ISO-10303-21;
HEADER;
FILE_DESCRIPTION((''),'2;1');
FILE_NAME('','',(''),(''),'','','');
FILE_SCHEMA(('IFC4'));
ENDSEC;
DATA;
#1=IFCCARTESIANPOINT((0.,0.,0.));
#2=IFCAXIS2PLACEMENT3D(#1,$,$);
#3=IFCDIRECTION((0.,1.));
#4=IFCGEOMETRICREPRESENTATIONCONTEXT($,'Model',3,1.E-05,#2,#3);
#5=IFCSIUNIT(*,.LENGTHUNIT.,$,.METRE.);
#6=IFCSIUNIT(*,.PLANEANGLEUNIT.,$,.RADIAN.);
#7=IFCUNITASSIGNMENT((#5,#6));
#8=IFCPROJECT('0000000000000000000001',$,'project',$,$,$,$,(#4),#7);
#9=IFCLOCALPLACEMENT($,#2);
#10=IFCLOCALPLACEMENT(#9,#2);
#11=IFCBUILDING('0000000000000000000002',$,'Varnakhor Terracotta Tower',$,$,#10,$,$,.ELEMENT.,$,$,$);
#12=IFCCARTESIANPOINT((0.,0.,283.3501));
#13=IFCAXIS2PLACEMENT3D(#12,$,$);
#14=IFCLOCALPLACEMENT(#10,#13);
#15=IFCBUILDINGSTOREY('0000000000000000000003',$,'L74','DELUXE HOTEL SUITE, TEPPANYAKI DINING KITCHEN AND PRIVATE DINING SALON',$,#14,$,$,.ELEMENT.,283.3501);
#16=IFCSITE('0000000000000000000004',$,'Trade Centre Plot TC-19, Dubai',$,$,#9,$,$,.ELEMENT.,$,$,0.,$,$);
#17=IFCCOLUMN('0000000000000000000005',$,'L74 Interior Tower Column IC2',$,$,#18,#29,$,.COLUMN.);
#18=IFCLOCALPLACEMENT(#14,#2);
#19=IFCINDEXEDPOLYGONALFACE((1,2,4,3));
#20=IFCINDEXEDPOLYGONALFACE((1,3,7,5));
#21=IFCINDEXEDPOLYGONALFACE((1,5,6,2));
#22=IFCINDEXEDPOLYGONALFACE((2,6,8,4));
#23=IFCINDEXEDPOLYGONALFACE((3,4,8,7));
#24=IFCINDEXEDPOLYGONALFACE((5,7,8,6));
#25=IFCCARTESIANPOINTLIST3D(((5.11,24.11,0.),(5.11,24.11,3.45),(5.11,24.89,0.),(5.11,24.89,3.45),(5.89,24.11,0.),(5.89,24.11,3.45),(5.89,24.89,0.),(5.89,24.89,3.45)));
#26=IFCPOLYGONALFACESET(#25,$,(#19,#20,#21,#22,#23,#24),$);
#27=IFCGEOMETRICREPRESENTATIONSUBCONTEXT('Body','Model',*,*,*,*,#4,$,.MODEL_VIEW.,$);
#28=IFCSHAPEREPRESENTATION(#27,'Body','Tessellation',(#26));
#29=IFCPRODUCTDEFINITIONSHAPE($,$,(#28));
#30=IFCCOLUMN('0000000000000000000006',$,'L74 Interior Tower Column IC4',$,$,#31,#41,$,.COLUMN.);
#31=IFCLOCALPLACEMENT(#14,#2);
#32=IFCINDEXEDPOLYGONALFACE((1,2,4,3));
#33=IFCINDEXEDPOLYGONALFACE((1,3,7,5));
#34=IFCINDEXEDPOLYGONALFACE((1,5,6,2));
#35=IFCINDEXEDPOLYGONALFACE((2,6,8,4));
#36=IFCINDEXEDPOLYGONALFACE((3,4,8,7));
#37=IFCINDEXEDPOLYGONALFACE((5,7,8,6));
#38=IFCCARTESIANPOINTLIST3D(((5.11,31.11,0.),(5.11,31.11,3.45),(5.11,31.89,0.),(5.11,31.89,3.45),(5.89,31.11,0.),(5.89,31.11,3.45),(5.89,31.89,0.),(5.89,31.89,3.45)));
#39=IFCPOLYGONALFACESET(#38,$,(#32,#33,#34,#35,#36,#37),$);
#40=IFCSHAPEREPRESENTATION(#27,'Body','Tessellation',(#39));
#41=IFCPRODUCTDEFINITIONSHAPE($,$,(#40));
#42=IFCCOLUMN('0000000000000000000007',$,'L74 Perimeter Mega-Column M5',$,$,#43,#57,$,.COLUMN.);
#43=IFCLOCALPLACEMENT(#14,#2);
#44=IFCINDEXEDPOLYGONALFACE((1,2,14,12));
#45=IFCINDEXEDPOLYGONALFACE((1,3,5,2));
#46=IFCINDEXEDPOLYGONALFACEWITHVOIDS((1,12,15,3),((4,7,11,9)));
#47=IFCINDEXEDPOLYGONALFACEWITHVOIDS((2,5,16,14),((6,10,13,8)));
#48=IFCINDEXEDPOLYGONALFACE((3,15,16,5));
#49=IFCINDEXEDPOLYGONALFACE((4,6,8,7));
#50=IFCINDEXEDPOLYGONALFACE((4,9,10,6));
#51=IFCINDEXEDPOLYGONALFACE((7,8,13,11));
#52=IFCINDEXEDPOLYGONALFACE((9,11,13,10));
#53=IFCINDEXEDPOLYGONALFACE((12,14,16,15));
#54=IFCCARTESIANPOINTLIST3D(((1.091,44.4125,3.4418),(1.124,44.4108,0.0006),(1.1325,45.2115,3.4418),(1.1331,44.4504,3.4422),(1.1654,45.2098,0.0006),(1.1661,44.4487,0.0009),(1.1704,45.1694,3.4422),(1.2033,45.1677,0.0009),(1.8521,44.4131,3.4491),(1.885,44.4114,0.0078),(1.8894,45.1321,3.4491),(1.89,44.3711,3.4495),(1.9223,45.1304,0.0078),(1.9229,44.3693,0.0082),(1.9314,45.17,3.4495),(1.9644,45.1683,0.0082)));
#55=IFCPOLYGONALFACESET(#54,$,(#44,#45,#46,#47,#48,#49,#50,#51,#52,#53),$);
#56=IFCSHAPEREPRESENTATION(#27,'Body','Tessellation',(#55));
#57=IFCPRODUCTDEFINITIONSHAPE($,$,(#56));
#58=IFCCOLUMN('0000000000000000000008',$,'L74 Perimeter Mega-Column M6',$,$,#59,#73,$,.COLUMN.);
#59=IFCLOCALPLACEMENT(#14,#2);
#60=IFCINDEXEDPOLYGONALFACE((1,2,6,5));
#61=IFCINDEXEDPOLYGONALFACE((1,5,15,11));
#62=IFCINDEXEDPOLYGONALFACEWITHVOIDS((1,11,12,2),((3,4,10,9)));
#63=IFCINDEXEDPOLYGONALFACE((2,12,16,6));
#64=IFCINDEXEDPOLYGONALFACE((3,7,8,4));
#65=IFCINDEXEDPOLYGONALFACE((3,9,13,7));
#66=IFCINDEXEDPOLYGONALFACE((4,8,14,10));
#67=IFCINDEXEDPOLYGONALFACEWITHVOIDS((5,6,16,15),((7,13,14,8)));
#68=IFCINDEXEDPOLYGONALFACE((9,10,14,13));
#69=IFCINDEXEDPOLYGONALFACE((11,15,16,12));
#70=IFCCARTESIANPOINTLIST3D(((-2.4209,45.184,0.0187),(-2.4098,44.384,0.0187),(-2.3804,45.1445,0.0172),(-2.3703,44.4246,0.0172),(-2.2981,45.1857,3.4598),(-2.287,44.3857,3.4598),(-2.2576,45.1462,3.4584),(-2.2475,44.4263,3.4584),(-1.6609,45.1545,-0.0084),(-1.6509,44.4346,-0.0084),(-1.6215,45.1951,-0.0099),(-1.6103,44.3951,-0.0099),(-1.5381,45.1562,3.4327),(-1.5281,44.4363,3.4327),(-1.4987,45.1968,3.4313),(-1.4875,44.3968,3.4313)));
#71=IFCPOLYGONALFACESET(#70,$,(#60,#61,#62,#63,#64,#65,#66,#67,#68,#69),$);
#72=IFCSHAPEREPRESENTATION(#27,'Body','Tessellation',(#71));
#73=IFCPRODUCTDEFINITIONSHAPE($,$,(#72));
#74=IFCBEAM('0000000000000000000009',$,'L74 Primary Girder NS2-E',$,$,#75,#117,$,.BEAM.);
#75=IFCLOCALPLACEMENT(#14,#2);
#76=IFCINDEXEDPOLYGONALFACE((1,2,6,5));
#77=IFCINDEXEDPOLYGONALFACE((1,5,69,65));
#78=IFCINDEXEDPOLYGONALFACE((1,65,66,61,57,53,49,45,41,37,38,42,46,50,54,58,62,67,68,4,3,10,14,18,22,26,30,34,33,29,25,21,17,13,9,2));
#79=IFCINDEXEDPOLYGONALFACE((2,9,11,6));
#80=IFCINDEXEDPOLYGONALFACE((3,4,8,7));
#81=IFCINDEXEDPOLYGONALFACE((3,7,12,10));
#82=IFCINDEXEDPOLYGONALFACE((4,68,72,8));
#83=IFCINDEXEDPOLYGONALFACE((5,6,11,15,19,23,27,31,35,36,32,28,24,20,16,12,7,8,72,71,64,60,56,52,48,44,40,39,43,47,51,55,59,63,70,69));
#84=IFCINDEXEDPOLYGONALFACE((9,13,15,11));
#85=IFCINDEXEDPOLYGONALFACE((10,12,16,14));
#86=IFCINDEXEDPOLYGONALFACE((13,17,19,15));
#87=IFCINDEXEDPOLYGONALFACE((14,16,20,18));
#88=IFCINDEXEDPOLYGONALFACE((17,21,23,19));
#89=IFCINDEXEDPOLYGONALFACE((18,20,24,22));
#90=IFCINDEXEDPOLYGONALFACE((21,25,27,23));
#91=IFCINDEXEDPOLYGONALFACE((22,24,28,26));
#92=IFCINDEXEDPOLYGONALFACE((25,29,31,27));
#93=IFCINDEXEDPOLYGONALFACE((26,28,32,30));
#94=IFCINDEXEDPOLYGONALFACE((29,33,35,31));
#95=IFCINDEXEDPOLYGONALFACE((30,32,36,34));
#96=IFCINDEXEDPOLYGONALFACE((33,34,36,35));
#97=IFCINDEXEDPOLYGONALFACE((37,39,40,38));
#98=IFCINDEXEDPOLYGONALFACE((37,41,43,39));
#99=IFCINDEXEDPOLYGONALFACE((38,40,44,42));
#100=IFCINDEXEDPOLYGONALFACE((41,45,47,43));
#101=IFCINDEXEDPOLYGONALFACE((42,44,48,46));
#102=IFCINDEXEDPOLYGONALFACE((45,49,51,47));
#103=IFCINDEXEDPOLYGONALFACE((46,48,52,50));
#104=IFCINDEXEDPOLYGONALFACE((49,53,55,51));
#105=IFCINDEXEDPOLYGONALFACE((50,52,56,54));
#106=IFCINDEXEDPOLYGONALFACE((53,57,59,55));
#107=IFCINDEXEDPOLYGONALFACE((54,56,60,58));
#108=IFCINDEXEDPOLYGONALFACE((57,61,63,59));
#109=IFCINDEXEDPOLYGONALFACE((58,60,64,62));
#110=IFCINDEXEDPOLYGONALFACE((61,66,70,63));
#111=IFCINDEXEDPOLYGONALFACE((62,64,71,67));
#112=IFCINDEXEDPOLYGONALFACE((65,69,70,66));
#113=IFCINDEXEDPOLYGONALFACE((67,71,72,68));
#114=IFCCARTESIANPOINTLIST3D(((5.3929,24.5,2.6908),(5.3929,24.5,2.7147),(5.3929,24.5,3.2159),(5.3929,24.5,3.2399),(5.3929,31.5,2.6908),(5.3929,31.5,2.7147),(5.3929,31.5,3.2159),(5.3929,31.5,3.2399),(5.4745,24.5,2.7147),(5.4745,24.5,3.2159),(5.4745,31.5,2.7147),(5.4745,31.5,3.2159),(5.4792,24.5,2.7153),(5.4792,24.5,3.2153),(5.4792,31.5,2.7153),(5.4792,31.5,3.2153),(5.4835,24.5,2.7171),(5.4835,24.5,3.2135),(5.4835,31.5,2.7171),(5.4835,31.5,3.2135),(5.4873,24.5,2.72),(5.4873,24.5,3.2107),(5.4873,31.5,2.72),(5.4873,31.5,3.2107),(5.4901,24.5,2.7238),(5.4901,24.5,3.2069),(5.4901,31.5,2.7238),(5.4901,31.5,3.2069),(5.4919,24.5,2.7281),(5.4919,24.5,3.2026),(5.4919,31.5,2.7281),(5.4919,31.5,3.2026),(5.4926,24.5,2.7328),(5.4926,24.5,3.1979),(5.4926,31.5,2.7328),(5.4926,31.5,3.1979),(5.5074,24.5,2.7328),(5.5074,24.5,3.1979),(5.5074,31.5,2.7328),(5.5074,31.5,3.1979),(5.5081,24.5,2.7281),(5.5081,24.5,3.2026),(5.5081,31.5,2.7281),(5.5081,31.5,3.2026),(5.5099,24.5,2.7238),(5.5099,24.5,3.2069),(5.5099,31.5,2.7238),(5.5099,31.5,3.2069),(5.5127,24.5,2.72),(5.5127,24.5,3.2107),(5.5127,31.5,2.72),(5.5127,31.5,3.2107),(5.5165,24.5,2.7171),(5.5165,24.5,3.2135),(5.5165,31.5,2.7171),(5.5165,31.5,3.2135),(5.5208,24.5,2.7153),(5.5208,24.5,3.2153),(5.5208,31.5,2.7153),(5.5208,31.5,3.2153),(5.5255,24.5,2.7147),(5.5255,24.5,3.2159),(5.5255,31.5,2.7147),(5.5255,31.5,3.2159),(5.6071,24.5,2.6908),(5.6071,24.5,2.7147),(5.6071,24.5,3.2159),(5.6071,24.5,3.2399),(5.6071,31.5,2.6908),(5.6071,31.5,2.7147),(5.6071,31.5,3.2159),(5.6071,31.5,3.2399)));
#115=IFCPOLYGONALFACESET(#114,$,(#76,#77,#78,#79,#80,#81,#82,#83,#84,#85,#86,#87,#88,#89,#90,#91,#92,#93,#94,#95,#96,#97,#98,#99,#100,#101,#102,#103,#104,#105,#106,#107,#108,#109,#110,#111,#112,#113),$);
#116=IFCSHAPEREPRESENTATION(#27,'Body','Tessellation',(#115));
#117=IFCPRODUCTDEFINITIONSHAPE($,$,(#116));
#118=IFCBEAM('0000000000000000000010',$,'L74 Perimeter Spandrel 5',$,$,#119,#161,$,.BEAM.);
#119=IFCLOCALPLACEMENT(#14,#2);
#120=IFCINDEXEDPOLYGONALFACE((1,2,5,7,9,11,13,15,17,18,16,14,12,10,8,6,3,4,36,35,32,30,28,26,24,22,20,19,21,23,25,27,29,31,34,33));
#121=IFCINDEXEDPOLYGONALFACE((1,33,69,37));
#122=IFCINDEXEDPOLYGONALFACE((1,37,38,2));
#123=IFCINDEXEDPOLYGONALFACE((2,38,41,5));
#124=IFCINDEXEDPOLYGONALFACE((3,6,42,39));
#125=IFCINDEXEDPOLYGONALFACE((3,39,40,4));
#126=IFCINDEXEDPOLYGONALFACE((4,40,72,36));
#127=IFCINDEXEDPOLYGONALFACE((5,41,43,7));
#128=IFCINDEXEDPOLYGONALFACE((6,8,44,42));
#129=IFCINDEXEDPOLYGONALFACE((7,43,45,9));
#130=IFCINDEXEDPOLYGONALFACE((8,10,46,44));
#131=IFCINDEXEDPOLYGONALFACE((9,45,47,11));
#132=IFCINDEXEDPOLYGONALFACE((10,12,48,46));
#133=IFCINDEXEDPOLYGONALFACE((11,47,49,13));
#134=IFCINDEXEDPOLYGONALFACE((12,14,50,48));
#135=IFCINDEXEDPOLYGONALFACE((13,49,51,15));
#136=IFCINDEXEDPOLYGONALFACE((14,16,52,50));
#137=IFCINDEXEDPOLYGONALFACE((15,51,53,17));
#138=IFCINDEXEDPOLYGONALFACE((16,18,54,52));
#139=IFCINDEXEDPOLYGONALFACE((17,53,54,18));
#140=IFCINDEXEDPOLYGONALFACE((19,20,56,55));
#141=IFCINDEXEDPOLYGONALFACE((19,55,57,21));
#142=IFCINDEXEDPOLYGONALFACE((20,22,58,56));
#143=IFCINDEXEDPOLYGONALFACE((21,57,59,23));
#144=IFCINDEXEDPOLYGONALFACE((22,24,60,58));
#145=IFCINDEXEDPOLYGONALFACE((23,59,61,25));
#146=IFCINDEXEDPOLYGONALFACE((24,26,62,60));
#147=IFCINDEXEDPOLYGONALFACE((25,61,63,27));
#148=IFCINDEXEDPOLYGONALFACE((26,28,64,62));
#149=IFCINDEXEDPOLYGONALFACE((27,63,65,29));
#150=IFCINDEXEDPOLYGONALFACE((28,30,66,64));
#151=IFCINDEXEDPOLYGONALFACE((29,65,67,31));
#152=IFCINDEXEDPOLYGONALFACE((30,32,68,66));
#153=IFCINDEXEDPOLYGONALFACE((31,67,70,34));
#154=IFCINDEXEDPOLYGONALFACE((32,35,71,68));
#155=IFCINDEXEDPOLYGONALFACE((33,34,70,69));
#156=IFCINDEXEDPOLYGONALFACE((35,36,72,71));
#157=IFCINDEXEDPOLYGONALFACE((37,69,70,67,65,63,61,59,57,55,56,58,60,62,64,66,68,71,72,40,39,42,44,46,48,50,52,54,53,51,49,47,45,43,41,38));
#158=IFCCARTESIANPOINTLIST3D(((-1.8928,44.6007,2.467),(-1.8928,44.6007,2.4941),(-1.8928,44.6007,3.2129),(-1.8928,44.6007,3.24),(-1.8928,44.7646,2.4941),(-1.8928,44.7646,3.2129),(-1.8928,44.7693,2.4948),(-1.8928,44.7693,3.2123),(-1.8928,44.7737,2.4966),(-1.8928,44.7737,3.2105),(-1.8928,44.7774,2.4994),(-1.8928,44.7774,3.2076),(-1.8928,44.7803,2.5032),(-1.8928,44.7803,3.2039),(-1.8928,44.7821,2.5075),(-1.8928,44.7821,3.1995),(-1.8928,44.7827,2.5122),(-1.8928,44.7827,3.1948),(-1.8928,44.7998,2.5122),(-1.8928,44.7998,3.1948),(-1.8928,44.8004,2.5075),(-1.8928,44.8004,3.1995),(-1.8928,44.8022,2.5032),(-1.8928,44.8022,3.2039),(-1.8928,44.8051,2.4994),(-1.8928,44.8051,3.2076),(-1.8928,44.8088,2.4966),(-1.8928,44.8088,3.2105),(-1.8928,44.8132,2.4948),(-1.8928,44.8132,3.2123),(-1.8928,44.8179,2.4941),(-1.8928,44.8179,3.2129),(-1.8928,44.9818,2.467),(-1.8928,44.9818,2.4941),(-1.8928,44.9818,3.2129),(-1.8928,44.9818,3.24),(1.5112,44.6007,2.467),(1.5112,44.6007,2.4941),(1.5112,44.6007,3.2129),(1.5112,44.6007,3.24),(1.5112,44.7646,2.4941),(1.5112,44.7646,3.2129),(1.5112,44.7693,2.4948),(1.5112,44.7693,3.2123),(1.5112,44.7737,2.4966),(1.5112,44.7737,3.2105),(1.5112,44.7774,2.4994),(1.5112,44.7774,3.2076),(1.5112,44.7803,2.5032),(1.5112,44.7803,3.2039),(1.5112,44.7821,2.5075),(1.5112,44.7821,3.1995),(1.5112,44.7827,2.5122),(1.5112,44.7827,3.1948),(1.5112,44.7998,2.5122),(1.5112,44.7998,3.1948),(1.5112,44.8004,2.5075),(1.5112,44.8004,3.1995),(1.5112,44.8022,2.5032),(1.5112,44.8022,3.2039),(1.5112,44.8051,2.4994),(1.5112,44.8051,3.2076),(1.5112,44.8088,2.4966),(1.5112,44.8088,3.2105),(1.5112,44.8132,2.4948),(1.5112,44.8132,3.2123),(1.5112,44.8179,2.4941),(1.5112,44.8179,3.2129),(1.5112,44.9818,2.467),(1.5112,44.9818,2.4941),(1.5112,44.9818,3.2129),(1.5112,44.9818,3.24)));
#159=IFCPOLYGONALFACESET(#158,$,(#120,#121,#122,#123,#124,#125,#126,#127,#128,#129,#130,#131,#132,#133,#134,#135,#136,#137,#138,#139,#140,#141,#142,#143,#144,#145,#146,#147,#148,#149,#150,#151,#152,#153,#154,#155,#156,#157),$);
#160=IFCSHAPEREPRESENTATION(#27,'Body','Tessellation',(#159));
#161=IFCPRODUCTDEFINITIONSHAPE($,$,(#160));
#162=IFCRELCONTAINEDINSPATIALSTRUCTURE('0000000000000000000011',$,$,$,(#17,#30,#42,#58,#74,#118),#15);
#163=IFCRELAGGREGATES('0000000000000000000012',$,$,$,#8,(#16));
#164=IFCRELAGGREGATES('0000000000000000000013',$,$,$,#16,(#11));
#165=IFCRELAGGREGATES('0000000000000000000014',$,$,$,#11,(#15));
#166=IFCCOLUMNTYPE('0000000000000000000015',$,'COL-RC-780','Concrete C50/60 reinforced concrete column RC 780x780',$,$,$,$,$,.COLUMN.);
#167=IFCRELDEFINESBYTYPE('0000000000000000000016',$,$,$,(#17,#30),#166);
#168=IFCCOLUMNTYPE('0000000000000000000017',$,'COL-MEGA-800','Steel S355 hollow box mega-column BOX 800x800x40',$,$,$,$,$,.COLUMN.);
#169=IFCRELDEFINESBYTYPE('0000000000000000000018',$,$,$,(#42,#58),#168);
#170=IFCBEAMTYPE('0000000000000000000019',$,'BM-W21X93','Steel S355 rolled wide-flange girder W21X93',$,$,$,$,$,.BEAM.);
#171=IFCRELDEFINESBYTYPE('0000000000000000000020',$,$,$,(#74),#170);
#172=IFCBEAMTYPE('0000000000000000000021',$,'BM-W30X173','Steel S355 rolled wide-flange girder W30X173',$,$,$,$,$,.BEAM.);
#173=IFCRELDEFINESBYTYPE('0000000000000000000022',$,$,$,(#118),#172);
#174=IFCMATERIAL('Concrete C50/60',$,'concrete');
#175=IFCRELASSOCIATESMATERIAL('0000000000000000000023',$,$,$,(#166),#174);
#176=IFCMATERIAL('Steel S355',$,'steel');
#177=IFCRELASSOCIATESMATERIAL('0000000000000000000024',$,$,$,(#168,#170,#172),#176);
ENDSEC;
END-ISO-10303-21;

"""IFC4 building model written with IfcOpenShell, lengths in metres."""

from ifc_helpers import new_model, si_unit, direction, frame, origin, origin_2d, place, context, subcontext, project, spatial, rectangle, hollow_rectangle, i_section, extrude, source, transform, mapped, material, material_profile, profile_set, type_object, type_shapes, element, save


model = new_model("IFC4")

# Units and contexts
model_context = context("Model", 3, precision=1e-05, world=origin(), true_north=direction((0.0, 1.0)))
body_context = subcontext(model_context, "Body", "Model", "MODEL_VIEW")
ifc_project = project(units=[si_unit("LENGTHUNIT", "METRE"), si_unit("PLANEANGLEUNIT", "RADIAN")], contexts=[model_context])

# Site, building, storey
site_placement = place(None, origin())
site = spatial("IfcSite", under=ifc_project, at=site_placement, Name="Trade Centre Plot TC-19, Dubai", CompositionType="ELEMENT", RefElevation=0.0)
building_placement = place(site_placement, origin())
building = spatial("IfcBuilding", under=site, at=building_placement, Name="Varnakhor Terracotta Tower", CompositionType="ELEMENT")
storey_placement = place(building_placement, frame((0.0, 0.0, 283.3501)))
storey = spatial("IfcBuildingStorey", under=building, at=storey_placement, Name="L74", Description="DELUXE HOTEL SUITE, TEPPANYAKI DINING KITCHEN AND PRIVATE DINING SALON", CompositionType="ELEMENT", Elevation=283.3501)

# Columns
ifc_material_1 = material(Name="Concrete C50/60", Category="concrete")
ifc_material_profile_1 = material_profile(ifc_material_1, rectangle(XDim=0.78, YDim=0.78, at=origin_2d()), Name="RC 780x780")
ifc_profile_set_1 = profile_set([ifc_material_profile_1], Name="Concrete C50/60")
column_type_1 = type_object("IfcColumnType", Name="COL-RC-780", Description="Concrete C50/60 reinforced concrete column RC 780x780", PredefinedType="COLUMN", material=ifc_profile_set_1)
shared_shape_1 = source(origin(), body_context, "Body", "SweptSolid", [
    extrude(rectangle(XDim=0.78, YDim=0.78, at=origin_2d()), origin(), (0.0, 0.0, 1.0), 3.45),
])
for number, where, z_axis, x_axis, name in (
    (1, (5.5, 24.5, 0.0), (0.0, 0.0, 1.0), (1.0, 0.0, 0.0), "L74 Interior Tower Column IC2"),
    (2, (5.5, 31.5, 0.0), (0.0, 0.0, 1.0), (1.0, 0.0, 0.0), "L74 Interior Tower Column IC4"),
):
    element("IfcColumn", number, at=place(storey_placement, frame(where, z_axis=z_axis, x_axis=x_axis)), inside=storey, type_object=column_type_1, Name=name, PredefinedType="COLUMN", context=body_context, shape_type="MappedRepresentation", body=[
        mapped(shared_shape_1, transform((0.0, 0.0, 0.0), scale=1.0)),
    ])
ifc_material_2 = material(Name="Steel S355", Category="steel")
ifc_material_profile_2 = material_profile(ifc_material_2, hollow_rectangle(XDim=0.8, YDim=0.8, WallThickness=0.04, at=origin_2d()), Name="BOX 800x800x40")
ifc_profile_set_2 = profile_set([ifc_material_profile_2], Name="Steel S355")
column_type_2 = type_object("IfcColumnType", Name="COL-MEGA-800", Description="Steel S355 hollow box mega-column BOX 800x800x40", PredefinedType="COLUMN", material=ifc_profile_set_2)
shared_shape_2 = source(origin(), body_context, "Body", "SweptSolid", [
    extrude(hollow_rectangle(XDim=0.8, YDim=0.8, WallThickness=0.04, at=origin_2d()), origin(), (0.0, 0.0, 1.0), 3.4414),
])
type_shapes(column_type_2, [shared_shape_2])
column_1_placement = place(storey_placement, frame((1.5442, 44.7896, 0.0044), z_axis=(-0.009577, 0.000497, 0.999954), x_axis=(-0.051782, -0.998658, 0.0)))
element("IfcColumn", 3, at=column_1_placement, inside=storey, type_object=column_type_2, Name="L74 Perimeter Mega-Column M5", PredefinedType="COLUMN", context=body_context, shape_type="MappedRepresentation", body=[
    mapped(shared_shape_2, transform((0.0, 0.0, 0.0), scale=1.0)),
])
shared_shape_3 = source(origin(), body_context, "Body", "SweptSolid", [
    extrude(hollow_rectangle(XDim=0.8, YDim=0.8, WallThickness=0.04, at=origin_2d()), origin(), (0.0, 0.0, 1.0), 3.4434),
])
column_2_placement = place(storey_placement, frame((-2.0156, 44.7896, 0.0044), z_axis=(0.035664, 0.000496, 0.999364), x_axis=(-0.013915, 0.999903, 0.0)))
element("IfcColumn", 4, at=column_2_placement, inside=storey, type_object=column_type_2, Name="L74 Perimeter Mega-Column M6", PredefinedType="COLUMN", context=body_context, shape_type="MappedRepresentation", body=[
    mapped(shared_shape_3, transform((0.0, 0.0, 0.0), scale=1.0)),
])

# Beams
ifc_material_profile_3 = material_profile(ifc_material_2, i_section(OverallWidth=0.2141, OverallDepth=0.5491, WebThickness=0.0149, FlangeThickness=0.0239, FilletRadius=0.0181, at=origin_2d()), Name="W21X93")
ifc_profile_set_3 = profile_set([ifc_material_profile_3], Name="Steel S355")
beam_type_1 = type_object("IfcBeamType", Name="BM-W21X93", Description="Steel S355 rolled wide-flange girder W21X93", PredefinedType="BEAM", material=ifc_profile_set_3)
shared_shape_4 = source(origin(), body_context, "Body", "SweptSolid", [
    extrude(i_section(OverallWidth=0.2141, OverallDepth=0.5491, WebThickness=0.0149, FlangeThickness=0.0239, FilletRadius=0.0181, at=origin_2d()), origin(), (0.0, 0.0, 1.0), 7.0),
])
beam_1_placement = place(storey_placement, frame((5.5, 24.5, 2.9653), z_axis=(0.0, 1.0, 0.0), x_axis=(-1.0, 0.0, 0.0)))
element("IfcBeam", 5, at=beam_1_placement, inside=storey, type_object=beam_type_1, Name="L74 Primary Girder NS2-E", PredefinedType="BEAM", context=body_context, shape_type="MappedRepresentation", body=[
    mapped(shared_shape_4, transform((0.0, 0.0, 0.0), scale=1.0)),
])
ifc_material_profile_4 = material_profile(ifc_material_2, i_section(OverallWidth=0.3811, OverallDepth=0.7729, WebThickness=0.0171, FlangeThickness=0.0271, FilletRadius=0.0181, at=origin_2d()), Name="W30X173")
ifc_profile_set_4 = profile_set([ifc_material_profile_4], Name="Steel S355")
beam_type_2 = type_object("IfcBeamType", Name="BM-W30X173", Description="Steel S355 rolled wide-flange girder W30X173", PredefinedType="BEAM", material=ifc_profile_set_4)
shared_shape_5 = source(origin(), body_context, "Body", "SweptSolid", [
    extrude(i_section(OverallWidth=0.3811, OverallDepth=0.7729, WebThickness=0.0171, FlangeThickness=0.0271, FilletRadius=0.0181, at=origin_2d()), origin(), (0.0, 0.0, 1.0), 3.4041),
])
beam_2_placement = place(storey_placement, frame((1.5112, 44.7913, 2.8535), z_axis=(-1.0, 0.0, 0.0), x_axis=(0.0, -1.0, 0.0)))
element("IfcBeam", 6, at=beam_2_placement, inside=storey, type_object=beam_type_2, Name="L74 Perimeter Spandrel 5", PredefinedType="BEAM", context=body_context, shape_type="MappedRepresentation", body=[
    mapped(shared_shape_5, transform((0.0, 0.0, 0.0), scale=1.0)),
])

save(model, "model.ifc")
